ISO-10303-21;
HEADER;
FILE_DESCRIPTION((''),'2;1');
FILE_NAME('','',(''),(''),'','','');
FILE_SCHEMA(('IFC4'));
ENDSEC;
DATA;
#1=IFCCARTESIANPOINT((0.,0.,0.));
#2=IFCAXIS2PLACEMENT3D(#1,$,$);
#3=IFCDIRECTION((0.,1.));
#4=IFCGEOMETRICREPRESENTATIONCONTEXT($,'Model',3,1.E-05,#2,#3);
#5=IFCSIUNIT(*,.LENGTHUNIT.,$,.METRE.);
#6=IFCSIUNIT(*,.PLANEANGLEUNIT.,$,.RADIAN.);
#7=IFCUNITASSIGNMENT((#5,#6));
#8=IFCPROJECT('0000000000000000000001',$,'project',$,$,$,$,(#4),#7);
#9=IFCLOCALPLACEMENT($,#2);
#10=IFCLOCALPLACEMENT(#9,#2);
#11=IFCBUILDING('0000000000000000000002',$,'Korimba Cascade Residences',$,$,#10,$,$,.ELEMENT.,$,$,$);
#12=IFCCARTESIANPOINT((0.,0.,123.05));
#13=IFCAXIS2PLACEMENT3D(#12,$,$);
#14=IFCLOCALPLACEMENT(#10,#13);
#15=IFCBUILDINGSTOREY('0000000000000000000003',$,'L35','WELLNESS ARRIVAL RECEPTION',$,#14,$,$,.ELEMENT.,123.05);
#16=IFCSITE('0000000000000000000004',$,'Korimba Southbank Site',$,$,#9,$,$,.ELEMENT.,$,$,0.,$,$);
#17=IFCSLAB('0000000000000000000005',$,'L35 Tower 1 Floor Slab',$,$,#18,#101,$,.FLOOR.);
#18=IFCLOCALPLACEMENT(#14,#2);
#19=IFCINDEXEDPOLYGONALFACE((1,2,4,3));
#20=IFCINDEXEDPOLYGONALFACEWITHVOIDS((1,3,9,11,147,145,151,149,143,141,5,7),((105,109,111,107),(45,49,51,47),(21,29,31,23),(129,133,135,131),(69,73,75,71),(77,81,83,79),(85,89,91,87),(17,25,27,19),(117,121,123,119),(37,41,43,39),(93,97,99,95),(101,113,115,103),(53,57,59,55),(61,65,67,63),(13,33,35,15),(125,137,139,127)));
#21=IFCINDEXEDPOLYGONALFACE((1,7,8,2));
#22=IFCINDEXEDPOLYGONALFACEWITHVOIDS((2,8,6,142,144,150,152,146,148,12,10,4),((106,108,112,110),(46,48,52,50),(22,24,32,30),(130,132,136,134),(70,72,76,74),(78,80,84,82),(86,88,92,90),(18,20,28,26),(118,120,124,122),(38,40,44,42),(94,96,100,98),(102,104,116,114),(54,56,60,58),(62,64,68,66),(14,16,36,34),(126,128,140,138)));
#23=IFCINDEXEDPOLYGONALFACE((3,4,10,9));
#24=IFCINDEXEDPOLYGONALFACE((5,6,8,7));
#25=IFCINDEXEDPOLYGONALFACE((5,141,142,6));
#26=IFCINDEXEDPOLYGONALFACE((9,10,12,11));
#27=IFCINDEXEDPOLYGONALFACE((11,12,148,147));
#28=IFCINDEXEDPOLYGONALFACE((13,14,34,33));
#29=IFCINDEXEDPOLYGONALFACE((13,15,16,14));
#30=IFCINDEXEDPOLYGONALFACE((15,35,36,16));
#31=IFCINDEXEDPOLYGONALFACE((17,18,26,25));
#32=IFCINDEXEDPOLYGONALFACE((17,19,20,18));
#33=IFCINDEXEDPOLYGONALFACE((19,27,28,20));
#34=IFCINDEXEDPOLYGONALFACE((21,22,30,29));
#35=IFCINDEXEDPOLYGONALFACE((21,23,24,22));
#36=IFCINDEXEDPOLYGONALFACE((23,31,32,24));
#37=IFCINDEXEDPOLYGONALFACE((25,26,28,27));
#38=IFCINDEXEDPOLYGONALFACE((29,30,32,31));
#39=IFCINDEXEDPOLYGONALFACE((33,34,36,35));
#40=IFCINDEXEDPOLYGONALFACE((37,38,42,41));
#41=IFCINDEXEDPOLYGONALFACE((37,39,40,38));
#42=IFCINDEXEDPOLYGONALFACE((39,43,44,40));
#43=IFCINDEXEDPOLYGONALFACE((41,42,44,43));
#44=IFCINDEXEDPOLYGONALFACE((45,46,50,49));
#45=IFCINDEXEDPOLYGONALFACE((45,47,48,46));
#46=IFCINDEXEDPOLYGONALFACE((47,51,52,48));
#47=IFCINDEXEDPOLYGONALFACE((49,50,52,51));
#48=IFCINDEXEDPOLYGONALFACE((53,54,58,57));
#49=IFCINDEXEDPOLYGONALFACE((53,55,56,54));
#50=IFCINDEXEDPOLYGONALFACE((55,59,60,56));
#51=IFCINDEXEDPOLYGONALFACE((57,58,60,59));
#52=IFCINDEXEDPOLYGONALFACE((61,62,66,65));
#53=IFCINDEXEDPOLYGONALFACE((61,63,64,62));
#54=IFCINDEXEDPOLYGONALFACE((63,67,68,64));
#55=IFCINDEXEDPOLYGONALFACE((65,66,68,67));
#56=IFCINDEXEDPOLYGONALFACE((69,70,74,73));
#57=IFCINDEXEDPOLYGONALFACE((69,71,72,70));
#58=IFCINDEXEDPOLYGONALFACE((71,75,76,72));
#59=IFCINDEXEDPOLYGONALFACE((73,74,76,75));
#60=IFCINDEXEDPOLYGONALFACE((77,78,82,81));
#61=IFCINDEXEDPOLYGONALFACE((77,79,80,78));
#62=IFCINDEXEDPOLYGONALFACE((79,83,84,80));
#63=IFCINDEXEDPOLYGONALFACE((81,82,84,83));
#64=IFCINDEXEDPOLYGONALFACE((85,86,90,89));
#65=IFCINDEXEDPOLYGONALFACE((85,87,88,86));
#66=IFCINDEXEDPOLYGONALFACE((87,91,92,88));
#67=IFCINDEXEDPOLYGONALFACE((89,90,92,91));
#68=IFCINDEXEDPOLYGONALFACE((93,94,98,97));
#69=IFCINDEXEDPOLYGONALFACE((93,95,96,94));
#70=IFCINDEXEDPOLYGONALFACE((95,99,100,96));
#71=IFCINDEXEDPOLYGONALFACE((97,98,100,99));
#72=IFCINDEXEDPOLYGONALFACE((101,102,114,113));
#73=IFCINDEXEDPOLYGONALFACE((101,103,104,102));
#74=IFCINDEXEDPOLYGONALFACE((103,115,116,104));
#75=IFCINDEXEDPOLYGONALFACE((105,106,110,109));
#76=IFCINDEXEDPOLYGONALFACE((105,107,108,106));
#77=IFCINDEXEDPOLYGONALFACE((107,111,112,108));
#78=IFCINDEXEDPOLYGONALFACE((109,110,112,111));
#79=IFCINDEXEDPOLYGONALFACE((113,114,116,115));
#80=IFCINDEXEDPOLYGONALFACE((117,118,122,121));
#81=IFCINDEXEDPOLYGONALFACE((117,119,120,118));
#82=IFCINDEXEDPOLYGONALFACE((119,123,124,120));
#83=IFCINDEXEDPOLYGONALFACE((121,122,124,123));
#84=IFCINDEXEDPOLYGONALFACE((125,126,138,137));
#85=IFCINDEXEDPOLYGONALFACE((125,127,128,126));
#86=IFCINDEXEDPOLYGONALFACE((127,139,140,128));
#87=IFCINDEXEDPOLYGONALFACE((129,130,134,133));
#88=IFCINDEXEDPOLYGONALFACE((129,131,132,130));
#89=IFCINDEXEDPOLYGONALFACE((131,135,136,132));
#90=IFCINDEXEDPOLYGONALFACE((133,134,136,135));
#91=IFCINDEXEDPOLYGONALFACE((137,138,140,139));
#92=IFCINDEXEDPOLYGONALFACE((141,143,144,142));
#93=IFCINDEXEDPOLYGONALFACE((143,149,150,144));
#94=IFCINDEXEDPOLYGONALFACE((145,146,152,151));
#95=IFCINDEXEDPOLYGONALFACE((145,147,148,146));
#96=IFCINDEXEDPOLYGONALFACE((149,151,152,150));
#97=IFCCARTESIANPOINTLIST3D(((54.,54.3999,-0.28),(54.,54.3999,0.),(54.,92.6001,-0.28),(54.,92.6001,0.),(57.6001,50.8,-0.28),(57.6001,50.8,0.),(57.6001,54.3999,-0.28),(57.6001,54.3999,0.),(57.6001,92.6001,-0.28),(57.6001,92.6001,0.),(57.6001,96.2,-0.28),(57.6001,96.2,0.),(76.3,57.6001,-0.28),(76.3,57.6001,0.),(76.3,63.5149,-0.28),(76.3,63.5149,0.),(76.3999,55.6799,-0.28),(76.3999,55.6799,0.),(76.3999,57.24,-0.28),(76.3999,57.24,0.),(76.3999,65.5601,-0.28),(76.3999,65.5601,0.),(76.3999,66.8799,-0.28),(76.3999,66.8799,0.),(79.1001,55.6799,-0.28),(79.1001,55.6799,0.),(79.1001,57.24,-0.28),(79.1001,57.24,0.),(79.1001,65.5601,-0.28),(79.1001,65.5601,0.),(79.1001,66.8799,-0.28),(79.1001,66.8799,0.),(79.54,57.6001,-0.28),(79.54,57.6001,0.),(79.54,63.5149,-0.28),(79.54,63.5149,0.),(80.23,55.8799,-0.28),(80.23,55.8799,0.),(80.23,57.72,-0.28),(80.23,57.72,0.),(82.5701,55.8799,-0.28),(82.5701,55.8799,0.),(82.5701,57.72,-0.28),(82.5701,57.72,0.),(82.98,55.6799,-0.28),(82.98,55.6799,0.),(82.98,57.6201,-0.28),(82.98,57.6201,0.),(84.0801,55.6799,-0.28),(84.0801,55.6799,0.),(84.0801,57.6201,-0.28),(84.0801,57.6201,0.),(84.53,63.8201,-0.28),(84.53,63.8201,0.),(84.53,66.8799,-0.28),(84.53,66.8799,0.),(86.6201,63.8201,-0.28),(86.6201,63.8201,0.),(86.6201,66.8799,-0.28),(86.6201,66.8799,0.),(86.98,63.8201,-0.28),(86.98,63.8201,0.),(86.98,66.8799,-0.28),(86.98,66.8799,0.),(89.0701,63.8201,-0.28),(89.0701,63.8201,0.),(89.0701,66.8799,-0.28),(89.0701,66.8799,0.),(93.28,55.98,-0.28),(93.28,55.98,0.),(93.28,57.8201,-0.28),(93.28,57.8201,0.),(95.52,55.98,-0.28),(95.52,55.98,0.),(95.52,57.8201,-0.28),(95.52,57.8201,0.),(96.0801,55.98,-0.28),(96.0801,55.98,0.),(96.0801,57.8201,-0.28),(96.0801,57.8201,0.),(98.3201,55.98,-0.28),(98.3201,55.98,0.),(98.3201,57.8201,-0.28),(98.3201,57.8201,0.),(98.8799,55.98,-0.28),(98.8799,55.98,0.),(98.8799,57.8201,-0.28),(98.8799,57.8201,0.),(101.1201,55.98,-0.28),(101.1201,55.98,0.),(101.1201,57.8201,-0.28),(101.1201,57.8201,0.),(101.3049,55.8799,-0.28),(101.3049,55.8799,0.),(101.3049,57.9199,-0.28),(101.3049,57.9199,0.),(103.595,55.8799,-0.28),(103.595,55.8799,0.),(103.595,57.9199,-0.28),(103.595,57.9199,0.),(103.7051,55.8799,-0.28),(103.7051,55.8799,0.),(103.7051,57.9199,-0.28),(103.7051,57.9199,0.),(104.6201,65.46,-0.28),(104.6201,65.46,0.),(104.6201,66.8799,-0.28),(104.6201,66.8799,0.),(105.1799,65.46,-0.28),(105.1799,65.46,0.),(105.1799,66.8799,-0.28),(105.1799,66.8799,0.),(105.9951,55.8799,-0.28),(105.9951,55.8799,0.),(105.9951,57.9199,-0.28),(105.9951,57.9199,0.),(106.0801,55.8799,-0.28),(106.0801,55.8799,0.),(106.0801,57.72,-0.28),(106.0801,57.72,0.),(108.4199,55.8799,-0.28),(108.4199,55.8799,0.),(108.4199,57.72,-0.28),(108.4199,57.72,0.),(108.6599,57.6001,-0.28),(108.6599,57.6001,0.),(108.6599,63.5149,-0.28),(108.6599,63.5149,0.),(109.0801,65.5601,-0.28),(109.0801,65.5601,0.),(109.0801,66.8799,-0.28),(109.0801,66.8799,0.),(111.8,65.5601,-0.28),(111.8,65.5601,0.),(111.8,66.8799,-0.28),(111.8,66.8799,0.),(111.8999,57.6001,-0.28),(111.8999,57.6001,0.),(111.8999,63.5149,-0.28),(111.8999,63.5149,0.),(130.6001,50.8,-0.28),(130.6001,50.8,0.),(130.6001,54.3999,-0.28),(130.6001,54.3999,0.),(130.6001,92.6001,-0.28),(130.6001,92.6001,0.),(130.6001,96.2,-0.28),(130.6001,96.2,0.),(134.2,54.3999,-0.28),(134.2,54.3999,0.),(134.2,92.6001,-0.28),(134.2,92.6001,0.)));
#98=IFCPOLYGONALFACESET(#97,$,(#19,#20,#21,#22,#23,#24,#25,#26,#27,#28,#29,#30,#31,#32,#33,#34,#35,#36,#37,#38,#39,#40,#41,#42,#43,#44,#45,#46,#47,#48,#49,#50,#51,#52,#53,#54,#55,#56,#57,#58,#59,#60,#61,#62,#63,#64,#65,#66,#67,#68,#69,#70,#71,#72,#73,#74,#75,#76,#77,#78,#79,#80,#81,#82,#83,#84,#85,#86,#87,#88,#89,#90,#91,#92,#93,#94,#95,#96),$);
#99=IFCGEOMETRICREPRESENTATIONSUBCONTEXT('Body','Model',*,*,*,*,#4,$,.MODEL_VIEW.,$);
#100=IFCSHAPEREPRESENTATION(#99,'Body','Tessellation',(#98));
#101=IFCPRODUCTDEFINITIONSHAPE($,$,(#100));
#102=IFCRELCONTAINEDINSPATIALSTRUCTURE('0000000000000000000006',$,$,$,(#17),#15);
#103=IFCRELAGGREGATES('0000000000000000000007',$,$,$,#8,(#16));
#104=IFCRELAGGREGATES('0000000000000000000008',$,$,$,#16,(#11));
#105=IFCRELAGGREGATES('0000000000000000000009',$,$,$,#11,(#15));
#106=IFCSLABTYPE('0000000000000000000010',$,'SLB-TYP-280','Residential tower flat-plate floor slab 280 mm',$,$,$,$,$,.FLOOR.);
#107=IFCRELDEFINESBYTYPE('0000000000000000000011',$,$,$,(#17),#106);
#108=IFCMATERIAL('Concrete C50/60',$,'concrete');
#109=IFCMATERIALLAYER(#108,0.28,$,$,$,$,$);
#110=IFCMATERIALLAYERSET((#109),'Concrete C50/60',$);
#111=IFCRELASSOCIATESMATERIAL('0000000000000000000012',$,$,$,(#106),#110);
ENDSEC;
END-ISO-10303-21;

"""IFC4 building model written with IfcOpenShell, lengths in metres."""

from ifc_helpers import new_model, si_unit, direction, frame, origin, place, context, subcontext, project, spatial, polyline, outline, extrude, material, layer, layer_set, type_object, element, save


model = new_model("IFC4")

# Units and contexts
model_context = context("Model", 3, precision=1e-05, world=origin(), true_north=direction((0.0, 1.0)))
body_context = subcontext(model_context, "Body", "Model", "MODEL_VIEW")
ifc_project = project(units=[si_unit("LENGTHUNIT", "METRE"), si_unit("PLANEANGLEUNIT", "RADIAN")], contexts=[model_context])

# Site, building, storey
site_placement = place(None, origin())
site = spatial("IfcSite", under=ifc_project, at=site_placement, Name="Korimba Southbank Site", CompositionType="ELEMENT", RefElevation=0.0)
building_placement = place(site_placement, origin())
building = spatial("IfcBuilding", under=site, at=building_placement, Name="Korimba Cascade Residences", CompositionType="ELEMENT")
storey_placement = place(building_placement, frame((0.0, 0.0, 123.05)))
storey = spatial("IfcBuildingStorey", under=building, at=storey_placement, Name="L35", Description="WELLNESS ARRIVAL RECEPTION", CompositionType="ELEMENT", Elevation=123.05)

# Shared definitions
ifc_material_1 = material(Name="Concrete C50/60", Category="concrete")

# Slab
ifc_layer_1 = layer(ifc_material_1, 0.28)
ifc_layer_set_1 = layer_set([ifc_layer_1], Name="Concrete C50/60")
slab_type_1 = type_object("IfcSlabType", Name="SLB-TYP-280", Description="Residential tower flat-plate floor slab 280 mm", PredefinedType="FLOOR", material=ifc_layer_set_1)
slab_1_placement = place(storey_placement, frame((0.0, 0.0, -0.28)))
element("IfcSlab", 1, at=slab_1_placement, inside=storey, type_object=slab_type_1, Name="L35 Tower 1 Floor Slab", PredefinedType="FLOOR", context=body_context, shape_type="SweptSolid", body=[
    extrude(outline(polyline([(57.6001, 50.8), (130.6001, 50.8), (130.6001, 54.3999), (134.2, 54.3999), (134.2, 92.6001), (130.6001, 92.6001), (130.6001, 96.2), (57.6001, 96.2), (57.6001, 92.6001), (54.0, 92.6001), (54.0, 54.3999), (57.6001, 54.3999), (57.6001, 50.8)]), holes=[polyline([(76.3, 63.5149), (76.3, 57.6001), (79.54, 57.6001), (79.54, 63.5149), (76.3, 63.5149)]), polyline([(108.6599, 63.5149), (108.6599, 57.6001), (111.8999, 57.6001), (111.8999, 63.5149), (108.6599, 63.5149)]), polyline([(80.23, 55.8799), (82.5701, 55.8799), (82.5701, 57.72), (80.23, 57.72), (80.23, 55.8799)]), polyline([(106.0801, 55.8799), (108.4199, 55.8799), (108.4199, 57.72), (106.0801, 57.72), (106.0801, 55.8799)]), polyline([(93.28, 55.98), (95.52, 55.98), (95.52, 57.8201), (93.28, 57.8201), (93.28, 55.98)]), polyline([(96.0801, 55.98), (98.3201, 55.98), (98.3201, 57.8201), (96.0801, 57.8201), (96.0801, 55.98)]), polyline([(98.8799, 55.98), (101.1201, 55.98), (101.1201, 57.8201), (98.8799, 57.8201), (98.8799, 55.98)]), polyline([(101.3049, 55.8799), (103.595, 55.8799), (103.595, 57.9199), (101.3049, 57.9199), (101.3049, 55.8799)]), polyline([(103.7051, 55.8799), (105.9951, 55.8799), (105.9951, 57.9199), (103.7051, 57.9199), (103.7051, 55.8799)]), polyline([(82.98, 55.6799), (84.0801, 55.6799), (84.0801, 57.6201), (82.98, 57.6201), (82.98, 55.6799)]), polyline([(76.3999, 65.5601), (79.1001, 65.5601), (79.1001, 66.8799), (76.3999, 66.8799), (76.3999, 65.5601)]), polyline([(76.3999, 55.6799), (79.1001, 55.6799), (79.1001, 57.24), (76.3999, 57.24), (76.3999, 55.6799)]), polyline([(84.53, 63.8201), (86.6201, 63.8201), (86.6201, 66.8799), (84.53, 66.8799), (84.53, 63.8201)]), polyline([(86.98, 63.8201), (89.0701, 63.8201), (89.0701, 66.8799), (86.98, 66.8799), (86.98, 63.8201)]), polyline([(104.6201, 65.46), (105.1799, 65.46), (105.1799, 66.8799), (104.6201, 66.8799), (104.6201, 65.46)]), polyline([(109.0801, 65.5601), (111.8, 65.5601), (111.8, 66.8799), (109.0801, 66.8799), (109.0801, 65.5601)])]), origin(), (0.0, 0.0, 1.0), 0.28),
])

save(model, "model.ifc")
